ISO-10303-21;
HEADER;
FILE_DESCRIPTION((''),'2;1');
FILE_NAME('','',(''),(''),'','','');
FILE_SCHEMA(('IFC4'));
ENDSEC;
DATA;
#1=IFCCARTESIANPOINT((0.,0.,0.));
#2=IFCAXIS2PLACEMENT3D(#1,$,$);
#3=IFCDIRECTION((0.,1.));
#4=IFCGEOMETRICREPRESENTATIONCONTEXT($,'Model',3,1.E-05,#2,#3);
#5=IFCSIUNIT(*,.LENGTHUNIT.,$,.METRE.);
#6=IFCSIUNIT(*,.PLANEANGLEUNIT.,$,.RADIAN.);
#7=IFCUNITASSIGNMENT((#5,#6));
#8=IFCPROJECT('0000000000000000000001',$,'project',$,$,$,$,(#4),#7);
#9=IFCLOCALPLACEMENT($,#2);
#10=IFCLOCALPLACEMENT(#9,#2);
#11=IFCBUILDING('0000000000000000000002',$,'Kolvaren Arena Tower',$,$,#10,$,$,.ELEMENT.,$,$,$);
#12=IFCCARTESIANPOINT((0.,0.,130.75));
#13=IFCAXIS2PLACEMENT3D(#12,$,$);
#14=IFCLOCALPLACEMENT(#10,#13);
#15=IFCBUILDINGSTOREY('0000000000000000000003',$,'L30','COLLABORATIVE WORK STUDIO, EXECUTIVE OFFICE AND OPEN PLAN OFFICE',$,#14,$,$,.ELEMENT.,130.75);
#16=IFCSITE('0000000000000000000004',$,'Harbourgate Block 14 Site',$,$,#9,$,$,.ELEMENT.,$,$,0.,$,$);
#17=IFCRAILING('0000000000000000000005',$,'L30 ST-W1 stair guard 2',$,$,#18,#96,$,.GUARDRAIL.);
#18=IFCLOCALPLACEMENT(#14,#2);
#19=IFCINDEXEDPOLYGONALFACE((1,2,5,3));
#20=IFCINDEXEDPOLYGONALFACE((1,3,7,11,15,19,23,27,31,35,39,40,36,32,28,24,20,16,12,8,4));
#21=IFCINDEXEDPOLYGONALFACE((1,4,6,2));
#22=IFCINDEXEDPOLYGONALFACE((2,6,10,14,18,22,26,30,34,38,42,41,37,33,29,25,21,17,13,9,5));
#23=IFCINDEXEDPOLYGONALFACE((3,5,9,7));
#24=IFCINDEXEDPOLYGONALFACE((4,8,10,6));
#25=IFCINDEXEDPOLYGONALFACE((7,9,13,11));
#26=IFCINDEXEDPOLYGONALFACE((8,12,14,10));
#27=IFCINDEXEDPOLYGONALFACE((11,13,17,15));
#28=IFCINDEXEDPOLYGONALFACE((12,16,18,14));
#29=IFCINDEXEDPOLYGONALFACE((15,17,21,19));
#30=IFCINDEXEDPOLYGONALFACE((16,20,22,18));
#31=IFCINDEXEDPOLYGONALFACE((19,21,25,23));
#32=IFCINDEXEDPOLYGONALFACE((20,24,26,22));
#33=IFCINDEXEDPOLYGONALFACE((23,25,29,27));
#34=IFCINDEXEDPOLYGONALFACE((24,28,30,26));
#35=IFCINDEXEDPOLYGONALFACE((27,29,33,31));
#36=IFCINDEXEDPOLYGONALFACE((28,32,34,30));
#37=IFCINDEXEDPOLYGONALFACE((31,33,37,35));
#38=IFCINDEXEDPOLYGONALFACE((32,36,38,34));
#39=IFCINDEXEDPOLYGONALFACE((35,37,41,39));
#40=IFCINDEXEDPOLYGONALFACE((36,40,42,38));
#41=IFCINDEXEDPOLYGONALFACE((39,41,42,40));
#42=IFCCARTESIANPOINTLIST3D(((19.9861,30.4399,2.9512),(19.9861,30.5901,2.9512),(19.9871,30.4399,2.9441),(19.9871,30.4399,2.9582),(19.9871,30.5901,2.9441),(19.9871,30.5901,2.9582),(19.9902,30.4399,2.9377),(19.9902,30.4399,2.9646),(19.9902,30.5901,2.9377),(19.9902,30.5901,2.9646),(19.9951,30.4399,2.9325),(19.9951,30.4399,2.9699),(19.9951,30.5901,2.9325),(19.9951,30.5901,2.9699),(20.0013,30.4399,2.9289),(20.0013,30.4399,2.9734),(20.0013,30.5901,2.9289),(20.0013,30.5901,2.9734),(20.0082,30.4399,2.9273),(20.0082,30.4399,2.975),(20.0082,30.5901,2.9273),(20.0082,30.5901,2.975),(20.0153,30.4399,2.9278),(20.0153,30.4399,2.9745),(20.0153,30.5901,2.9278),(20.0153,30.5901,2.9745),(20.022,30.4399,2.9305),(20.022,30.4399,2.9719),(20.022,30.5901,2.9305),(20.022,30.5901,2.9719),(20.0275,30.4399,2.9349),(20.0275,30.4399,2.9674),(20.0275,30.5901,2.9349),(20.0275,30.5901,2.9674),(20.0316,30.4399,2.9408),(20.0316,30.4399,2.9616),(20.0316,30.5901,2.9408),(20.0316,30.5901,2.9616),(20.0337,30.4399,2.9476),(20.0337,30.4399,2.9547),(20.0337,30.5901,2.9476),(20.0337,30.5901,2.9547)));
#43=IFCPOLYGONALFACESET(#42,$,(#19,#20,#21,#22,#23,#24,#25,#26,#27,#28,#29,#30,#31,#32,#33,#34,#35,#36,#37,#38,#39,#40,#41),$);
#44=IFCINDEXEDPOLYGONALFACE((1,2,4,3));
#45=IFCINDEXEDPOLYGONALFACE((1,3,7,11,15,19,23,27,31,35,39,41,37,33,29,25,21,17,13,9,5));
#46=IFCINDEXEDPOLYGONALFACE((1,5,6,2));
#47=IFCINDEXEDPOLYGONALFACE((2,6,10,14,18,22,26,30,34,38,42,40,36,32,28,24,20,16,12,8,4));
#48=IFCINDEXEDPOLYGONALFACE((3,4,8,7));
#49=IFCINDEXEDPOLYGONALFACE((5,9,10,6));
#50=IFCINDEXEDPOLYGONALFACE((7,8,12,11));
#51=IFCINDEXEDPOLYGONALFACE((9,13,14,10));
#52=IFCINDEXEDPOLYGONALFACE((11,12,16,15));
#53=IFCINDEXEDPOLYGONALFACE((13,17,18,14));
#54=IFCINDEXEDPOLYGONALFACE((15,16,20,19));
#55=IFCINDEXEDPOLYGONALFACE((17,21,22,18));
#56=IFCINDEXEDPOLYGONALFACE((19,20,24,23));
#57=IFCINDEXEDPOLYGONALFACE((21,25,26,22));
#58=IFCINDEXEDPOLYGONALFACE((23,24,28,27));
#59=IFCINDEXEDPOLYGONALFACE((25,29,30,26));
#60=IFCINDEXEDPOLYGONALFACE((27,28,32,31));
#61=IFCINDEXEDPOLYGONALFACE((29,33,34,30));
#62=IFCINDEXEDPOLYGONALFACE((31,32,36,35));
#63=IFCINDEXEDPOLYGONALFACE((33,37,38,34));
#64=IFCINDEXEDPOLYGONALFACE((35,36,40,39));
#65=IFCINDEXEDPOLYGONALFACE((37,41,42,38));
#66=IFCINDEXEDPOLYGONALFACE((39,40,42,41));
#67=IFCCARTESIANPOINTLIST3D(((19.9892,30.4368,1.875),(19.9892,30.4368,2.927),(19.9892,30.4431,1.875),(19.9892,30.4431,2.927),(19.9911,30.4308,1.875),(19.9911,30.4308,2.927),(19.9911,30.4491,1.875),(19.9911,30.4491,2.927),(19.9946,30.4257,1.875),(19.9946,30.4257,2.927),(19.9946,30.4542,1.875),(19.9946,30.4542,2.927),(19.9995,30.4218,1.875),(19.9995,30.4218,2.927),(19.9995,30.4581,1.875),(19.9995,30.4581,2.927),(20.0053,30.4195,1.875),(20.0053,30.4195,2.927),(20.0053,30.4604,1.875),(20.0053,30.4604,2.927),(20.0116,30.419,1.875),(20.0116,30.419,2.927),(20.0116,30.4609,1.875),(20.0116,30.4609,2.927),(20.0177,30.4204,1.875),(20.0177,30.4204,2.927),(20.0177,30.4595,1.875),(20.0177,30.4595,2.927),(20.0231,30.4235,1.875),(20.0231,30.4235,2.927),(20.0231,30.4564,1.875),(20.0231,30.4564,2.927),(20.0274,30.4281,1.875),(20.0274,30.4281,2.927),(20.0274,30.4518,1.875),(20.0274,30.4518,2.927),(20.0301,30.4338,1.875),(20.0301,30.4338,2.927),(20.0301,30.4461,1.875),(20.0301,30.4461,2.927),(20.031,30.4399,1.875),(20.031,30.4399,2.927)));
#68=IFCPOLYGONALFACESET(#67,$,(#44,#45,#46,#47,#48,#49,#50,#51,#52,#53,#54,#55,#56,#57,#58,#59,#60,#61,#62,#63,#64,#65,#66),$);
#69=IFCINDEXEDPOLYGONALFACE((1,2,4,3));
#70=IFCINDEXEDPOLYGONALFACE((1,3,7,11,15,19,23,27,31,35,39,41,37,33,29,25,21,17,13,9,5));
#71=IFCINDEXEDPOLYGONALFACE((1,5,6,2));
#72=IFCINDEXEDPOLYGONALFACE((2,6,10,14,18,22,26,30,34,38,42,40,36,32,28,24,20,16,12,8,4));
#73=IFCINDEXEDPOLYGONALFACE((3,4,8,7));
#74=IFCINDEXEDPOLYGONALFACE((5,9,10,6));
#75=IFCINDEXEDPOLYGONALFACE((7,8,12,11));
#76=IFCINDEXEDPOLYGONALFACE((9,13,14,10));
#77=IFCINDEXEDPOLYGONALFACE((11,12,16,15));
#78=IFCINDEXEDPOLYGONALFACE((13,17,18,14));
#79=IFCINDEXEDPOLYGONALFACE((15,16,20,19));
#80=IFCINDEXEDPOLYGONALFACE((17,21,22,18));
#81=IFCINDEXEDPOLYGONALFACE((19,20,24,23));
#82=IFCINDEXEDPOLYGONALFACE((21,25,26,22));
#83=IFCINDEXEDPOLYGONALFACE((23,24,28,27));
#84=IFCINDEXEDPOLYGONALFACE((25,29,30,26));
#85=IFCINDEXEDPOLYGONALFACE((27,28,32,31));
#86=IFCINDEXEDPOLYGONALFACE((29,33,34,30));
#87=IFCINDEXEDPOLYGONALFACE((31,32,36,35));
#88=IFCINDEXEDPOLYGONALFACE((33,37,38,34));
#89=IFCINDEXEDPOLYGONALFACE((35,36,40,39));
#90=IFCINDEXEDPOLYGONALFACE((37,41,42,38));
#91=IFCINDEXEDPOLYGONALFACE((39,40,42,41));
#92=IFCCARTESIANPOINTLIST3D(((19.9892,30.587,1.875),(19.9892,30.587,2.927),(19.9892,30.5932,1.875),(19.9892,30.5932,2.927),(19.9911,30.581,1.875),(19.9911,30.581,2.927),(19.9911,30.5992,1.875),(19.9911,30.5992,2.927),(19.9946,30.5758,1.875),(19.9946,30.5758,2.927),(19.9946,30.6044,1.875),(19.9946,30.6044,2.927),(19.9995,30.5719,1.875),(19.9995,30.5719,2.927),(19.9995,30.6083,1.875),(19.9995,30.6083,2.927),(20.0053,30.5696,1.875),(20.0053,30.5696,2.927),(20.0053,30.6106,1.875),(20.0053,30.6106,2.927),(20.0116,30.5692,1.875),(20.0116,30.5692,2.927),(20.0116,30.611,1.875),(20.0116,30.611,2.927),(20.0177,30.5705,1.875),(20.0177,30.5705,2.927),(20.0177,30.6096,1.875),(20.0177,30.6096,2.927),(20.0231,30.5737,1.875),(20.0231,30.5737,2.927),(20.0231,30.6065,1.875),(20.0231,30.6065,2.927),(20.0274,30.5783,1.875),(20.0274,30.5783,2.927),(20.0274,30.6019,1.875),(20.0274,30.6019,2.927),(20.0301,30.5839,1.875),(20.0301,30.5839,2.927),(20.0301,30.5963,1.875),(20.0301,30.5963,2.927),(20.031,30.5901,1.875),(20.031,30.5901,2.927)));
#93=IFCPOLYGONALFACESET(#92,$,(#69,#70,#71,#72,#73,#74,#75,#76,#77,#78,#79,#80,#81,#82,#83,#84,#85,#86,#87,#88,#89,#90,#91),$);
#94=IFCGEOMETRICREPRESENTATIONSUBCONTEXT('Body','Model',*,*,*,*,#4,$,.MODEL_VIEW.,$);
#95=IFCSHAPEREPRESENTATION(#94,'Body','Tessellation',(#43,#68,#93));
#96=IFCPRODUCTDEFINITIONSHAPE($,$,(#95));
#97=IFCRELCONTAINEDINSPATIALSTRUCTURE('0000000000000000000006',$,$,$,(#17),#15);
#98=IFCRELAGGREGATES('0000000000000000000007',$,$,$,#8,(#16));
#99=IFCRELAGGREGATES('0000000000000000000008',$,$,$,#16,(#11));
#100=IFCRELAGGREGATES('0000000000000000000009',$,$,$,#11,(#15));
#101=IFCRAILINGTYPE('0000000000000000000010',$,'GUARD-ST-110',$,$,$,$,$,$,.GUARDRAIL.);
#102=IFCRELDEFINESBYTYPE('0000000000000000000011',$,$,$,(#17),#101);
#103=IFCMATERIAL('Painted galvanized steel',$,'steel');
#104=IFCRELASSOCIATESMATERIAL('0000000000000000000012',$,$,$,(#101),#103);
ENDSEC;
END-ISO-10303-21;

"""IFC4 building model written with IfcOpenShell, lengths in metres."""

from ifc_helpers import new_model, si_unit, direction, frame, origin, origin_2d, place, context, subcontext, project, spatial, circle, extrude, material, type_object, element, save


model = new_model("IFC4")

# Units and contexts
model_context = context("Model", 3, precision=1e-05, world=origin(), true_north=direction((0.0, 1.0)))
body_context = subcontext(model_context, "Body", "Model", "MODEL_VIEW")
ifc_project = project(units=[si_unit("LENGTHUNIT", "METRE"), si_unit("PLANEANGLEUNIT", "RADIAN")], contexts=[model_context])

# Site, building, storey
site_placement = place(None, origin())
site = spatial("IfcSite", under=ifc_project, at=site_placement, Name="Harbourgate Block 14 Site", CompositionType="ELEMENT", RefElevation=0.0)
building_placement = place(site_placement, origin())
building = spatial("IfcBuilding", under=site, at=building_placement, Name="Kolvaren Arena Tower", CompositionType="ELEMENT")
storey_placement = place(building_placement, frame((0.0, 0.0, 130.75)))
storey = spatial("IfcBuildingStorey", under=building, at=storey_placement, Name="L30", Description="COLLABORATIVE WORK STUDIO, EXECUTIVE OFFICE AND OPEN PLAN OFFICE", CompositionType="ELEMENT", Elevation=130.75)

# Railing
ifc_material_1 = material(Name="Painted galvanized steel", Category="steel")
railing_type_1 = type_object("IfcRailingType", Name="GUARD-ST-110", PredefinedType="GUARDRAIL", material=ifc_material_1)
railing_1_placement = place(storey_placement, frame((20.01, 30.4399, 1.875)))
element("IfcRailing", 1, at=railing_1_placement, inside=storey, type_object=railing_type_1, Name="L30 ST-W1 stair guard 2", PredefinedType="GUARDRAIL", context=body_context, shape_type="SweptSolid", body=[
    extrude(circle(Radius=0.0239, at=origin_2d()), frame((0.0, 0.0, 1.0762), z_axis=(0.0, 1.0, 0.0), x_axis=(-1.0, 0.0, 0.0)), (0.0, 0.0, 1.0), 0.1501),
    extrude(circle(Radius=0.021, at=origin_2d()), origin(), (0.0, 0.0, 1.0), 1.052),
    extrude(circle(Radius=0.021, at=origin_2d()), frame((0.0, 0.1501, 0.0)), (0.0, 0.0, 1.0), 1.052),
])

save(model, "model.ifc")
